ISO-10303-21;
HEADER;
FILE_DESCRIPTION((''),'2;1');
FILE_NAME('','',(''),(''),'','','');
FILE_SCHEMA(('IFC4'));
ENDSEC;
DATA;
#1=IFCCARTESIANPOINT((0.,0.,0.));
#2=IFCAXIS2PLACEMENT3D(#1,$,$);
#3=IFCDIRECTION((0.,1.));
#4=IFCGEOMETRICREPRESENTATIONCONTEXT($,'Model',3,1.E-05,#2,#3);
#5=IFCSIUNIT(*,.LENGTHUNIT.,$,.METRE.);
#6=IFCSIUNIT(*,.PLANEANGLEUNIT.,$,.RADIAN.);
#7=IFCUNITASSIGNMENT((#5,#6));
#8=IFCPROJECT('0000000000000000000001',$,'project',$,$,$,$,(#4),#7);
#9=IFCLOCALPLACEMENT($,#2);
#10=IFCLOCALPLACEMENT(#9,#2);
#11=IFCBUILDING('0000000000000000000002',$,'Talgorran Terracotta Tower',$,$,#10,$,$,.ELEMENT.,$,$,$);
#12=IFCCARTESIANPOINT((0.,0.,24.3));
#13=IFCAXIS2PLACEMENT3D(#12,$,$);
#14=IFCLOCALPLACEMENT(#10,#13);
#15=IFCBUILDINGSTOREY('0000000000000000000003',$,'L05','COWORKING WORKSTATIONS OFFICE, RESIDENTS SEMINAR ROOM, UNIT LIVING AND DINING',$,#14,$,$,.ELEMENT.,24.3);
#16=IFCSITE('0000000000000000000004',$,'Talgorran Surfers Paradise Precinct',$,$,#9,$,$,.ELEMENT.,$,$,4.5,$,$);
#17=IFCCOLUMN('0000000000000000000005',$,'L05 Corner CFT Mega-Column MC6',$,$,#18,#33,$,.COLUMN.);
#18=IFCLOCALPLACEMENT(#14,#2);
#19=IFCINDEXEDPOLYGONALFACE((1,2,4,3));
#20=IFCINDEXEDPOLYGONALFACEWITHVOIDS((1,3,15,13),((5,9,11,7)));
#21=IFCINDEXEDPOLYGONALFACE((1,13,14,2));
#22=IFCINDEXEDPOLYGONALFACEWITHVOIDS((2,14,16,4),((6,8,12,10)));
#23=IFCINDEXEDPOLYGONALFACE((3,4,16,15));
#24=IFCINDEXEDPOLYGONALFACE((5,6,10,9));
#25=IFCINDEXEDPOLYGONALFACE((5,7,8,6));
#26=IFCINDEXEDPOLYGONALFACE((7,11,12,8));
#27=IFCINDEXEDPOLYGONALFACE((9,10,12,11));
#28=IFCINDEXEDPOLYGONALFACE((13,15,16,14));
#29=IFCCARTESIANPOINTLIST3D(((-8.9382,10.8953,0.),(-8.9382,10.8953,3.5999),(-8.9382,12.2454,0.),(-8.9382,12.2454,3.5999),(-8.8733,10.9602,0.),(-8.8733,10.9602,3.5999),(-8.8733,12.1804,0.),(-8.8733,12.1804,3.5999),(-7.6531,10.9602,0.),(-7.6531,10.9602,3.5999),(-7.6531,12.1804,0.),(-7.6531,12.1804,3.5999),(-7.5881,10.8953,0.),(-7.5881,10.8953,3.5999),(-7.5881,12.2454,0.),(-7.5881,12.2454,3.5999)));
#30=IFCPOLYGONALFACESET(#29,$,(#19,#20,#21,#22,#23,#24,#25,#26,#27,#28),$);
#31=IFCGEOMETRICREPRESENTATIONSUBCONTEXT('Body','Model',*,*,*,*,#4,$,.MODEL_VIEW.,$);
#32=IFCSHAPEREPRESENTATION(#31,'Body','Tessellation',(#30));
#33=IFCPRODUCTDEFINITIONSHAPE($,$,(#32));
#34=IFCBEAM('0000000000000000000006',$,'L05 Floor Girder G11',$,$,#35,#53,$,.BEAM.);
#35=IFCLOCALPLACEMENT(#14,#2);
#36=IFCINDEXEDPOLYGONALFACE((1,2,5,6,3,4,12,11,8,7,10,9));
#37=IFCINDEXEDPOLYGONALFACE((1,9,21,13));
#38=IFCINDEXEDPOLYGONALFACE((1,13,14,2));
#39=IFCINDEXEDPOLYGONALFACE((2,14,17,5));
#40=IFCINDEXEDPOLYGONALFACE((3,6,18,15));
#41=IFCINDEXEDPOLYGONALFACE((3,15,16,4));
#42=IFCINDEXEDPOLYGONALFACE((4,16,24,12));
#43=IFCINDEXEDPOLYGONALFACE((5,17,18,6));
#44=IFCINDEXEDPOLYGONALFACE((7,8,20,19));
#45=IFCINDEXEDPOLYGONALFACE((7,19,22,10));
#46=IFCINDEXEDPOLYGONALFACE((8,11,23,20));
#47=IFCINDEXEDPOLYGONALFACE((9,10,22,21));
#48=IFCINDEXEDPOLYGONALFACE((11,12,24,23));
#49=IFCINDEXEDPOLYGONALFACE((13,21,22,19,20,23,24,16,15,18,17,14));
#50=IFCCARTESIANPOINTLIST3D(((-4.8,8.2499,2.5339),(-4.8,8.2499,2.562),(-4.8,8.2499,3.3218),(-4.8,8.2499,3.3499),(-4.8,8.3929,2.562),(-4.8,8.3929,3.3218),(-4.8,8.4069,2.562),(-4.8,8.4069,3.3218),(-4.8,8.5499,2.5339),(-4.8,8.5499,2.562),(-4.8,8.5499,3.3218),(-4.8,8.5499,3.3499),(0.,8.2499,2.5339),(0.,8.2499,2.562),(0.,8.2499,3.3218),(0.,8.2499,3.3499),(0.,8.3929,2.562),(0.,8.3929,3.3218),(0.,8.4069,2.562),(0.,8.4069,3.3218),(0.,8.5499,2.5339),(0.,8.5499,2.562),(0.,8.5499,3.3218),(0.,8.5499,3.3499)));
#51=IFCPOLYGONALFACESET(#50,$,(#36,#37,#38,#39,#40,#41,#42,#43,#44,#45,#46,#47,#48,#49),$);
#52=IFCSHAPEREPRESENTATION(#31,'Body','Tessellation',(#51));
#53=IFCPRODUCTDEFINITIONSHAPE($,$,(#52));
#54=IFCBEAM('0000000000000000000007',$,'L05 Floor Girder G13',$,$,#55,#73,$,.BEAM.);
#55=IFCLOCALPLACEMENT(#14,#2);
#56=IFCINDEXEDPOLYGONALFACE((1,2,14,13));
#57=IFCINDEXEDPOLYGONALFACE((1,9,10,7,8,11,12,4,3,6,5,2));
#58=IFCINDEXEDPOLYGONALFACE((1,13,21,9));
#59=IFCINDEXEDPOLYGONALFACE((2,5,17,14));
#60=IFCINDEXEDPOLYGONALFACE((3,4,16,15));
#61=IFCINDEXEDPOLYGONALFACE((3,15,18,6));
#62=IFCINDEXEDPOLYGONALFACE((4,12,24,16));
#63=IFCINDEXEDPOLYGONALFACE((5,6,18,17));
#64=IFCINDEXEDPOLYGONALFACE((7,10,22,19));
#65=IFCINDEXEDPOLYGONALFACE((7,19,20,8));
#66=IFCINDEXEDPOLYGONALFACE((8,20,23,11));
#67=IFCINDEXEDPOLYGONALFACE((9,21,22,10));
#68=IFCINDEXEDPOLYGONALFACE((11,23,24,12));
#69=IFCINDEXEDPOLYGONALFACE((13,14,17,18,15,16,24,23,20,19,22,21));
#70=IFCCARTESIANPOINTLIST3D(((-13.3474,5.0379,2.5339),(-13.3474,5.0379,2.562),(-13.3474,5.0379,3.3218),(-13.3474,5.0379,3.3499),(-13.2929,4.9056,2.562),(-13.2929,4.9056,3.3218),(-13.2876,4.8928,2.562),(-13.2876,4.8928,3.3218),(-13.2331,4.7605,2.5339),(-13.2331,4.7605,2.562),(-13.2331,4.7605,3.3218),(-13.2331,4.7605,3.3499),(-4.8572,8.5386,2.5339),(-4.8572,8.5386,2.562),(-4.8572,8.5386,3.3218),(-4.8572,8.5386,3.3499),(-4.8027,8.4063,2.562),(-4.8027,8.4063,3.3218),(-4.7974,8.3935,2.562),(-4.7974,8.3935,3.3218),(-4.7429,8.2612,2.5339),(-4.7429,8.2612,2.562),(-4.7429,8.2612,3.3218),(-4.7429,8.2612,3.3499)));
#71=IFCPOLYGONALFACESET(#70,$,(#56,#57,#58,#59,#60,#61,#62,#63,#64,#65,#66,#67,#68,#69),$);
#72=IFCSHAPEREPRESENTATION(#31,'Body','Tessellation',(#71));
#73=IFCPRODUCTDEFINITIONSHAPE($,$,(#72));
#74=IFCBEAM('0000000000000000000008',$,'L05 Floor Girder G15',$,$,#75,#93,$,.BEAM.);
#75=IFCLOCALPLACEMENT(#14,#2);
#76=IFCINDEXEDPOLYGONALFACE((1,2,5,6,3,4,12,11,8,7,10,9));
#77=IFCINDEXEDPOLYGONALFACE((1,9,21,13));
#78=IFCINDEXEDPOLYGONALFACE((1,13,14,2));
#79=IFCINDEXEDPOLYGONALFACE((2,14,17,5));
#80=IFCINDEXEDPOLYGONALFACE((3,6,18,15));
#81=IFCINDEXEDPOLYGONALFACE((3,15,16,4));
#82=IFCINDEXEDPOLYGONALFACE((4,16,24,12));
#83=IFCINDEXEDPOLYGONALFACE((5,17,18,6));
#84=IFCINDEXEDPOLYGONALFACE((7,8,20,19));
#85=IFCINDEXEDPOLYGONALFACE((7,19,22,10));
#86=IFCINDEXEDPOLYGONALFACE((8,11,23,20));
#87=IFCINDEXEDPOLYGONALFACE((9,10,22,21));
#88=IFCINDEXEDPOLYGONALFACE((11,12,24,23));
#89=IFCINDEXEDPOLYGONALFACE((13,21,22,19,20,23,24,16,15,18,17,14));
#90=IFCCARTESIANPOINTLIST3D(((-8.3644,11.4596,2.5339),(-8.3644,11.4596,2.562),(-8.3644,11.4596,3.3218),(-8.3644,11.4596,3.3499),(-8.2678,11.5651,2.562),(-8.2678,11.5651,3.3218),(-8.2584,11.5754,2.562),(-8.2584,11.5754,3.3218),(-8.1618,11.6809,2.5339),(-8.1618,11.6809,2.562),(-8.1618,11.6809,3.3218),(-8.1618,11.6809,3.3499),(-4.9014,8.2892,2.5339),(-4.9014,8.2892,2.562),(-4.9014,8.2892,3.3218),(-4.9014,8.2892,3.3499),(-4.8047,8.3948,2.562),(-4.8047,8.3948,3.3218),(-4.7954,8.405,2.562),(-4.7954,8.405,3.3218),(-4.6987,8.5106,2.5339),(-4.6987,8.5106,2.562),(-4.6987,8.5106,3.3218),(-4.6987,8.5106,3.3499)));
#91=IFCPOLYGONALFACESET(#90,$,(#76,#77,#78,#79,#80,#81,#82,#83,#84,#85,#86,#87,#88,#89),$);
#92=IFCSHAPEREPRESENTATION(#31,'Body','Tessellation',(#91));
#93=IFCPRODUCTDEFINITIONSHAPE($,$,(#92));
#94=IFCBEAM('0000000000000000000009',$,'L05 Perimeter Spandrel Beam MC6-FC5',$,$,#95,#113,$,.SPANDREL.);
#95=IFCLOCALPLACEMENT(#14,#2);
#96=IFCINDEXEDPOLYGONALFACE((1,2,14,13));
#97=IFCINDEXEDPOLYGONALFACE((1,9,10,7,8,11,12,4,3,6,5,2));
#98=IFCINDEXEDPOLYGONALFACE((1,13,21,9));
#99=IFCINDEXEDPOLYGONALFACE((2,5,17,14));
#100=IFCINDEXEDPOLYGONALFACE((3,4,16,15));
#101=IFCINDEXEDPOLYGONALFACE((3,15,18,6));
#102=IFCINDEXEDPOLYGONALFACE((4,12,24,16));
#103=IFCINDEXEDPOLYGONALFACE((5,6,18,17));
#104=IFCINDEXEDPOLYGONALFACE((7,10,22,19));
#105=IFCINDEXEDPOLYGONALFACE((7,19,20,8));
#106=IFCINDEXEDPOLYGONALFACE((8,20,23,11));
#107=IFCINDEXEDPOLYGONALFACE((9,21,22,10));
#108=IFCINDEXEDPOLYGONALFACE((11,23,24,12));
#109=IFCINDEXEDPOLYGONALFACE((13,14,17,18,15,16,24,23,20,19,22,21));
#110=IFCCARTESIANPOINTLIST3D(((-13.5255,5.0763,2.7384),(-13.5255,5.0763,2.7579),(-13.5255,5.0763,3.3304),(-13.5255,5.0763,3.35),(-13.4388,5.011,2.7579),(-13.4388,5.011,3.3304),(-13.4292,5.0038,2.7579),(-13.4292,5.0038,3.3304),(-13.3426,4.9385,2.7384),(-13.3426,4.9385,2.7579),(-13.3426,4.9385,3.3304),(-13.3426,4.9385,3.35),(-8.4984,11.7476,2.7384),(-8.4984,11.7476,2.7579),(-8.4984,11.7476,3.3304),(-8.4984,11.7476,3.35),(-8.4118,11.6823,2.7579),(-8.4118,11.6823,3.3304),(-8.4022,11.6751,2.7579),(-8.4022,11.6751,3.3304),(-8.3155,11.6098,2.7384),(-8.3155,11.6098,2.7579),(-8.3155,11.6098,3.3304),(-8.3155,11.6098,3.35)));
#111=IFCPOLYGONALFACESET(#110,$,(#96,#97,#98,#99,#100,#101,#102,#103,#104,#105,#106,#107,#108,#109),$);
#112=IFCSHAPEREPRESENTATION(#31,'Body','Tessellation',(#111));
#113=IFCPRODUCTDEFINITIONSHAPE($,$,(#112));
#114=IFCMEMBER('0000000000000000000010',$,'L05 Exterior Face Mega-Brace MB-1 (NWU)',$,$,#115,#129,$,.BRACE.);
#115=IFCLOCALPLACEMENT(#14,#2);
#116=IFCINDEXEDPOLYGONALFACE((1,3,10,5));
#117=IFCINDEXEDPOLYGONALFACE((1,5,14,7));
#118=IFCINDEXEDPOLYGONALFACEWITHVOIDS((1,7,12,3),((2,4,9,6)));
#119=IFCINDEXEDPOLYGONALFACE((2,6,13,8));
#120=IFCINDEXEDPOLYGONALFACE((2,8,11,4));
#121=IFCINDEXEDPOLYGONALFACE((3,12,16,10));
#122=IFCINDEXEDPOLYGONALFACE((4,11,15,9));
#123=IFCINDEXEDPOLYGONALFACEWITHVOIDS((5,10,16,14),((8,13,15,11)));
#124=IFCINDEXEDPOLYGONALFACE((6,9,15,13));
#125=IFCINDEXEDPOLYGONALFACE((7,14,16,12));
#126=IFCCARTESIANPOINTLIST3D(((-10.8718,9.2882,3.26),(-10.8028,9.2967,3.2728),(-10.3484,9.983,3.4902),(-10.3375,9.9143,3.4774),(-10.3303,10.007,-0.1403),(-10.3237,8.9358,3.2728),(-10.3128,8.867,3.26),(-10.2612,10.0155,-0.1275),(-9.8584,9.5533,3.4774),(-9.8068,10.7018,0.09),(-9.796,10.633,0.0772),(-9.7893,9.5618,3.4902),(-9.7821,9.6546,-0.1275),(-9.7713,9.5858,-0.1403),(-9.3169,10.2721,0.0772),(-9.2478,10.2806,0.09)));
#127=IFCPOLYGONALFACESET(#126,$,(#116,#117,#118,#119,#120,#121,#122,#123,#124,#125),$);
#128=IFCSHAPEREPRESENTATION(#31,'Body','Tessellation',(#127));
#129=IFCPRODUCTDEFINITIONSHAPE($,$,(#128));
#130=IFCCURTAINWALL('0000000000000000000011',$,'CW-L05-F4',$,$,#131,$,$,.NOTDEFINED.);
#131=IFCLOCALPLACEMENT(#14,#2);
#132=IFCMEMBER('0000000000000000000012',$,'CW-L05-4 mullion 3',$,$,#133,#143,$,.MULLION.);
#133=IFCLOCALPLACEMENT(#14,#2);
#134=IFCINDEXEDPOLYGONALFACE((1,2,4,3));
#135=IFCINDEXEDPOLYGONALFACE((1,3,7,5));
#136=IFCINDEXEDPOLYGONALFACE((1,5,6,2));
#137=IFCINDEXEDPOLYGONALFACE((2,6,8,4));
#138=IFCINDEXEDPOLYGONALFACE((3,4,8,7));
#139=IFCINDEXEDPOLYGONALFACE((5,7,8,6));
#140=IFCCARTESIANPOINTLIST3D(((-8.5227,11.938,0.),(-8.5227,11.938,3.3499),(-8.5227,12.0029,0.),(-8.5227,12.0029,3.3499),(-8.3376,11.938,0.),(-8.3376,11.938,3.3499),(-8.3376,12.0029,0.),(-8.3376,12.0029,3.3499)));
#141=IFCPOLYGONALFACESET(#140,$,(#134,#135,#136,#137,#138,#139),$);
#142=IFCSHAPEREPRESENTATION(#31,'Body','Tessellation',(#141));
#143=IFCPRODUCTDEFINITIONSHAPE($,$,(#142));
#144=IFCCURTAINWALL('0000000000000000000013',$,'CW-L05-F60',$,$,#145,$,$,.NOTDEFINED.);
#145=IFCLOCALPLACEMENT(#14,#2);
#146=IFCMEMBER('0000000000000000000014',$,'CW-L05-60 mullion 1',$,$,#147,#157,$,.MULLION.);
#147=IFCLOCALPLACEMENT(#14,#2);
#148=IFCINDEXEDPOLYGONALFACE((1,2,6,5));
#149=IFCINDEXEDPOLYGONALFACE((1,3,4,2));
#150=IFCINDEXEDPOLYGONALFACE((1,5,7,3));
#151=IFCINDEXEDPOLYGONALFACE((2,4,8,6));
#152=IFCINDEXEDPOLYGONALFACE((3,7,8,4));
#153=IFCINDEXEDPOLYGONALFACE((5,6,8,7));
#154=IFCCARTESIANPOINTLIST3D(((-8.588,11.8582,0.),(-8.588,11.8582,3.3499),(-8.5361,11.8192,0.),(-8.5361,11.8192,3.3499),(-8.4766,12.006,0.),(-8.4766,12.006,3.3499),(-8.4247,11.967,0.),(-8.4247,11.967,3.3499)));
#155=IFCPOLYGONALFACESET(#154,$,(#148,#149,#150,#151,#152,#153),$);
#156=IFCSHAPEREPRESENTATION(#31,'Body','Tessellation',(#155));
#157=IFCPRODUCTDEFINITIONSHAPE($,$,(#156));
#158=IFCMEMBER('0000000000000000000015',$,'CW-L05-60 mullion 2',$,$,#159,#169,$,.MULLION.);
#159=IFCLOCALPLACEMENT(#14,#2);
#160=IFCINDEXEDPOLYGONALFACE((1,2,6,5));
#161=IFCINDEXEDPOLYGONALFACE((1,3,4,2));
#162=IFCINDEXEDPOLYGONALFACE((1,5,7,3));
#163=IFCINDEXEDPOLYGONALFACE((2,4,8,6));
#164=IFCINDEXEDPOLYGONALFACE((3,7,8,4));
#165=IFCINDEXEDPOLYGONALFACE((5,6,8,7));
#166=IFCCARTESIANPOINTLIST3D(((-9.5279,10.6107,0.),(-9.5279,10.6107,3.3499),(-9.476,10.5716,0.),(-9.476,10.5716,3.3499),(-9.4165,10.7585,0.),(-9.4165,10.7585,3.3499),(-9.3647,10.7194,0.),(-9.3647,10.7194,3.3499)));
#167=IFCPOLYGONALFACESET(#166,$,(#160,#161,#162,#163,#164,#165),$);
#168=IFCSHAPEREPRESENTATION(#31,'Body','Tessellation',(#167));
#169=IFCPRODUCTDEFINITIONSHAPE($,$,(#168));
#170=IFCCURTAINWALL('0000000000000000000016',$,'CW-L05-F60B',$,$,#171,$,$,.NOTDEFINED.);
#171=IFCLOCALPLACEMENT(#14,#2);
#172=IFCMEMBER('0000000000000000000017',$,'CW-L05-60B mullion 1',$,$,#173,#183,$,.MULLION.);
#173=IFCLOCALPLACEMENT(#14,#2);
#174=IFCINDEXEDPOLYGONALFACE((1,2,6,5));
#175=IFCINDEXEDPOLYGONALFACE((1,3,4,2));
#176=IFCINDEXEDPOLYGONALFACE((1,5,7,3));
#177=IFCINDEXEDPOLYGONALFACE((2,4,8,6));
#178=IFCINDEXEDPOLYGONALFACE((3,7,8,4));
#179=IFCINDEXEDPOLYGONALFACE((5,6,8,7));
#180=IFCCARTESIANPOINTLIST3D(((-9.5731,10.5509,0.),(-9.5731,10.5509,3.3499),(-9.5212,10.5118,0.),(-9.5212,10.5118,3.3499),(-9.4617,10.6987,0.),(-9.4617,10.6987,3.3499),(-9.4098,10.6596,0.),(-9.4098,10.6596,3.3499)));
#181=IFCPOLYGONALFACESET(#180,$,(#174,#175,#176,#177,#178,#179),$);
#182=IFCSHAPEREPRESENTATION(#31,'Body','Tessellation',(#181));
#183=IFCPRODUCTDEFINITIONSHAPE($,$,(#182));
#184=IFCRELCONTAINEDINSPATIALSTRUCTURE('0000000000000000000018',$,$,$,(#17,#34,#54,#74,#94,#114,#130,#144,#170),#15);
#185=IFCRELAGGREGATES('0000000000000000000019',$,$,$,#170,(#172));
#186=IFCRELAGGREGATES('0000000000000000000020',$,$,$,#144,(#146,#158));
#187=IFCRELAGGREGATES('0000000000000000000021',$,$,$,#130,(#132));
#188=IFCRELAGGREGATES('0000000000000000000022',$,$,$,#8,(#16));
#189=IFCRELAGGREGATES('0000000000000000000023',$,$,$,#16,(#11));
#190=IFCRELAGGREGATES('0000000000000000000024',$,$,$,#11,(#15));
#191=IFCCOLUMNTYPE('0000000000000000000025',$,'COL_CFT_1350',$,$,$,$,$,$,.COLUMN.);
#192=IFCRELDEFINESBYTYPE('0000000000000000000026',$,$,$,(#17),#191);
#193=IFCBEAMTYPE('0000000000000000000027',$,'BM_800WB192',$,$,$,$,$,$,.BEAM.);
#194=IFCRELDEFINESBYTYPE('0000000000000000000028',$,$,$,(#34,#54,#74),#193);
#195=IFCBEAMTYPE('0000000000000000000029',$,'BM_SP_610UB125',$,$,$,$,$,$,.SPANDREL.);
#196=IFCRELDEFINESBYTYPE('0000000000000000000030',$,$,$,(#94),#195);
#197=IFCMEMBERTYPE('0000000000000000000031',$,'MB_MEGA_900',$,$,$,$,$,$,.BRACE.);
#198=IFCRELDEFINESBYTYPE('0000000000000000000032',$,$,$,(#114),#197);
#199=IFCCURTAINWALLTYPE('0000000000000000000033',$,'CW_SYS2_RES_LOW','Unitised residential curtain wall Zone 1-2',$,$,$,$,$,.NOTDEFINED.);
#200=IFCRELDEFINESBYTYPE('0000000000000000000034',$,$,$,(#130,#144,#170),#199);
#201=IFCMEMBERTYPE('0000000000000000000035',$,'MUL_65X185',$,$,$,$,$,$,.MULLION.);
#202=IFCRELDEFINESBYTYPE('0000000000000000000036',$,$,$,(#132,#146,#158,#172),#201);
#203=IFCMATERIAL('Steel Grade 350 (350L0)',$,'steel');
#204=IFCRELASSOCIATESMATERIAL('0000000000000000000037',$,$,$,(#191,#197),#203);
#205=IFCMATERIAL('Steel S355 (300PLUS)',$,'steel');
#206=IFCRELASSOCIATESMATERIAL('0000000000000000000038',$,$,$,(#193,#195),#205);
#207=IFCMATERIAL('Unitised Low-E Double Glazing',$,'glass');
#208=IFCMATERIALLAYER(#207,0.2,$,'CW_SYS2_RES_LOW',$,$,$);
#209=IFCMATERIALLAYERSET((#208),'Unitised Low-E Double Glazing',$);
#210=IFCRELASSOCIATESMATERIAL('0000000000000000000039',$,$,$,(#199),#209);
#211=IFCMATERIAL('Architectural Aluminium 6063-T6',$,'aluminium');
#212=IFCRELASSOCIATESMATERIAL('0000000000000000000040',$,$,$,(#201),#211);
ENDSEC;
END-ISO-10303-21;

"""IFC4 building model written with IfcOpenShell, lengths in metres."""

from ifc_helpers import new_model, si_unit, direction, frame, origin, origin_2d, place, context, subcontext, project, spatial, rectangle, hollow_rectangle, i_section, extrude, material, layer, layer_set, material_profile, profile_set, type_object, element, aggregate, save


model = new_model("IFC4")

# Units and contexts
model_context = context("Model", 3, precision=1e-05, world=origin(), true_north=direction((0.0, 1.0)))
body_context = subcontext(model_context, "Body", "Model", "MODEL_VIEW")
ifc_project = project(units=[si_unit("LENGTHUNIT", "METRE"), si_unit("PLANEANGLEUNIT", "RADIAN")], contexts=[model_context])

# Site, building, storey
site_placement = place(None, origin())
site = spatial("IfcSite", under=ifc_project, at=site_placement, Name="Talgorran Surfers Paradise Precinct", CompositionType="ELEMENT", RefElevation=4.5)
building_placement = place(site_placement, origin())
building = spatial("IfcBuilding", under=site, at=building_placement, Name="Talgorran Terracotta Tower", CompositionType="ELEMENT")
storey_placement = place(building_placement, frame((0.0, 0.0, 24.3)))
storey = spatial("IfcBuildingStorey", under=building, at=storey_placement, Name="L05", Description="COWORKING WORKSTATIONS OFFICE, RESIDENTS SEMINAR ROOM, UNIT LIVING AND DINING", CompositionType="ELEMENT", Elevation=24.3)

# Column
ifc_material_1 = material(Name="Steel Grade 350 (350L0)", Category="steel")
ifc_material_profile_1 = material_profile(ifc_material_1, hollow_rectangle(XDim=1.3501, YDim=1.3501, WallThickness=0.0649, at=origin_2d()), Name="CFT1350X1350X65")
ifc_profile_set_1 = profile_set([ifc_material_profile_1], Name="Steel Grade 350 (350L0)")
column_type = type_object("IfcColumnType", Name="COL_CFT_1350", PredefinedType="COLUMN", material=ifc_profile_set_1)
column_placement = place(storey_placement, frame((-8.2632, 11.5703, 0.0), z_axis=(0.0, 0.0, 1.0), x_axis=(1.0, 0.0, 0.0)))
element("IfcColumn", 1, at=column_placement, inside=storey, type_object=column_type, Name="L05 Corner CFT Mega-Column MC6", PredefinedType="COLUMN", context=body_context, shape_type="SweptSolid", body=[
    extrude(hollow_rectangle(XDim=1.3501, YDim=1.3501, WallThickness=0.0649, at=origin_2d()), origin(), (0.0, 0.0, 1.0), 3.5999),
])

# Beams
ifc_material_2 = material(Name="Steel S355 (300PLUS)", Category="steel")
ifc_material_profile_2 = material_profile(ifc_material_2, i_section(OverallWidth=0.3, OverallDepth=0.8159, WebThickness=0.0139, FlangeThickness=0.0281, at=origin_2d()), Name="800WB192")
ifc_profile_set_2 = profile_set([ifc_material_profile_2], Name="Steel S355 (300PLUS)")
beam_type_1 = type_object("IfcBeamType", Name="BM_800WB192", PredefinedType="BEAM", material=ifc_profile_set_2)
beam_1_placement = place(storey_placement, frame((-4.8, 8.3999, 2.9419), z_axis=(1.0, 0.0, 0.0), x_axis=(0.0, 1.0, 0.0)))
element("IfcBeam", 2, at=beam_1_placement, inside=storey, type_object=beam_type_1, Name="L05 Floor Girder G11", PredefinedType="BEAM", context=body_context, shape_type="SweptSolid", body=[
    extrude(i_section(OverallWidth=0.3, OverallDepth=0.8159, WebThickness=0.0139, FlangeThickness=0.0281, at=origin_2d()), origin(), (0.0, 0.0, 1.0), 4.8),
])
beam_2_placement = place(storey_placement, frame((-4.8, 8.3999, 2.9419), z_axis=(-0.924496, -0.381192, 0.0), x_axis=(0.381192, -0.924496, 0.0)))
element("IfcBeam", 3, at=beam_2_placement, inside=storey, type_object=beam_type_1, Name="L05 Floor Girder G13", PredefinedType="BEAM", context=body_context, shape_type="SweptSolid", body=[
    extrude(i_section(OverallWidth=0.3, OverallDepth=0.8159, WebThickness=0.0139, FlangeThickness=0.0281, at=origin_2d()), origin(), (0.0, 0.0, 1.0), 9.1836),
])
beam_3_placement = place(storey_placement, frame((-4.8, 8.3999, 2.9419), z_axis=(-0.737592, 0.675246, 0.0), x_axis=(-0.675246, -0.737592, 0.0)))
element("IfcBeam", 4, at=beam_3_placement, inside=storey, type_object=beam_type_1, Name="L05 Floor Girder G15", PredefinedType="BEAM", context=body_context, shape_type="SweptSolid", body=[
    extrude(i_section(OverallWidth=0.3, OverallDepth=0.8159, WebThickness=0.0139, FlangeThickness=0.0281, at=origin_2d()), origin(), (0.0, 0.0, 1.0), 4.6951),
])
ifc_material_profile_3 = material_profile(ifc_material_2, i_section(OverallWidth=0.229, OverallDepth=0.6116, WebThickness=0.012, FlangeThickness=0.0195, at=origin_2d()), Name="610UB125")
ifc_profile_set_3 = profile_set([ifc_material_profile_3], Name="Steel S355 (300PLUS)")
beam_type_2 = type_object("IfcBeamType", Name="BM_SP_610UB125", PredefinedType="SPANDREL", material=ifc_profile_set_3)
beam_4_placement = place(storey_placement, frame((-8.407, 11.6787, 3.0442), z_axis=(-0.601804, -0.798644, 0.0), x_axis=(0.798644, -0.601804, 0.0)))
element("IfcBeam", 5, at=beam_4_placement, inside=storey, type_object=beam_type_2, Name="L05 Perimeter Spandrel Beam MC6-FC5", PredefinedType="SPANDREL", context=body_context, shape_type="SweptSolid", body=[
    extrude(i_section(OverallWidth=0.229, OverallDepth=0.6116, WebThickness=0.012, FlangeThickness=0.0195, at=origin_2d()), origin(), (0.0, 0.0, 1.0), 8.3533),
])

# Member
ifc_material_profile_4 = material_profile(ifc_material_1, hollow_rectangle(XDim=0.7, YDim=0.8999, WallThickness=0.05, at=origin_2d()), Name="WBOX900X700X50")
ifc_profile_set_4 = profile_set([ifc_material_profile_4], Name="Steel Grade 350 (350L0)")
member_type_1 = type_object("IfcMemberType", Name="MB_MEGA_900", PredefinedType="BRACE", material=ifc_profile_set_4)
member_1_placement = place(storey_placement, frame((-9.7891, 10.1438, -0.0251), z_axis=(-0.153958, -0.204352, 0.966715), x_axis=(0.798696, -0.601735, 0.0)))
element("IfcMember", 6, at=member_1_placement, inside=storey, type_object=member_type_1, Name="L05 Exterior Face Mega-Brace MB-1 (NWU)", PredefinedType="BRACE", context=body_context, shape_type="SweptSolid", body=[
    extrude(hollow_rectangle(XDim=0.7, YDim=0.8999, WallThickness=0.05, at=origin_2d()), origin(), (0.0, 0.0, 1.0), 3.5173),
])

# Curtain wall, member
ifc_material_3 = material(Name="Unitised Low-E Double Glazing", Category="glass")
ifc_layer_1 = layer(ifc_material_3, 0.2, Name="CW_SYS2_RES_LOW")
ifc_layer_set_1 = layer_set([ifc_layer_1], Name="Unitised Low-E Double Glazing")
curtain_wall_type = type_object("IfcCurtainWallType", Name="CW_SYS2_RES_LOW", Description="Unitised residential curtain wall Zone 1-2", PredefinedType="NOTDEFINED", material=ifc_layer_set_1)
curtain_wall_1_placement = place(storey_placement, origin())
curtain_wall_1 = element("IfcCurtainWall", 7, at=curtain_wall_1_placement, inside=storey, type_object=curtain_wall_type, Name="CW-L05-F4", PredefinedType="NOTDEFINED")
ifc_material_4 = material(Name="Architectural Aluminium 6063-T6", Category="aluminium")
ifc_material_profile_5 = material_profile(ifc_material_4, rectangle(XDim=0.0649, YDim=0.1851, at=origin_2d()), Name="CWM65X185")
ifc_profile_set_5 = profile_set([ifc_material_profile_5], Name="Architectural Aluminium 6063-T6")
member_type_2 = type_object("IfcMemberType", Name="MUL_65X185", PredefinedType="MULLION", material=ifc_profile_set_5)
member_2_placement = place(storey_placement, frame((-8.4302, 11.9705, 0.0), z_axis=(0.0, 0.0, 1.0), x_axis=(0.0, -1.0, 0.0)))
member_2 = element("IfcMember", 8, at=member_2_placement, type_object=member_type_2, Name="CW-L05-4 mullion 3", PredefinedType="MULLION", context=body_context, shape_type="SweptSolid", body=[
    extrude(rectangle(XDim=0.0649, YDim=0.1851, at=origin_2d()), origin(), (0.0, 0.0, 1.0), 3.3499),
])

# Curtain wall, members
curtain_wall_2_placement = place(storey_placement, origin())
curtain_wall_2 = element("IfcCurtainWall", 9, at=curtain_wall_2_placement, inside=storey, type_object=curtain_wall_type, Name="CW-L05-F60", PredefinedType="NOTDEFINED")
member_3_placement = place(storey_placement, frame((-8.5063, 11.9126, 0.0), z_axis=(0.0, 0.0, 1.0), x_axis=(0.798648, -0.601798, 0.0)))
member_3 = element("IfcMember", 10, at=member_3_placement, type_object=member_type_2, Name="CW-L05-60 mullion 1", PredefinedType="MULLION", context=body_context, shape_type="SweptSolid", body=[
    extrude(rectangle(XDim=0.0649, YDim=0.1851, at=origin_2d()), origin(), (0.0, 0.0, 1.0), 3.3499),
])
member_4_placement = place(storey_placement, frame((-9.4463, 10.665, 0.0), z_axis=(0.0, 0.0, 1.0), x_axis=(0.798648, -0.601798, 0.0)))
member_4 = element("IfcMember", 11, at=member_4_placement, type_object=member_type_2, Name="CW-L05-60 mullion 2", PredefinedType="MULLION", context=body_context, shape_type="SweptSolid", body=[
    extrude(rectangle(XDim=0.0649, YDim=0.1851, at=origin_2d()), origin(), (0.0, 0.0, 1.0), 3.3499),
])

# Curtain wall, member
curtain_wall_3_placement = place(storey_placement, origin())
curtain_wall_3 = element("IfcCurtainWall", 12, at=curtain_wall_3_placement, inside=storey, type_object=curtain_wall_type, Name="CW-L05-F60B", PredefinedType="NOTDEFINED")
member_5_placement = place(storey_placement, frame((-9.4915, 10.6052, 0.0), z_axis=(0.0, 0.0, 1.0), x_axis=(0.798636, -0.601814, 0.0)))
member_5 = element("IfcMember", 13, at=member_5_placement, type_object=member_type_2, Name="CW-L05-60B mullion 1", PredefinedType="MULLION", context=body_context, shape_type="SweptSolid", body=[
    extrude(rectangle(XDim=0.0649, YDim=0.1851, at=origin_2d()), origin(), (0.0, 0.0, 1.0), 3.3499),
])

aggregate(curtain_wall_3, [member_5])

aggregate(curtain_wall_2, [member_3, member_4])
aggregate(curtain_wall_1, [member_2])

save(model, "model.ifc")
